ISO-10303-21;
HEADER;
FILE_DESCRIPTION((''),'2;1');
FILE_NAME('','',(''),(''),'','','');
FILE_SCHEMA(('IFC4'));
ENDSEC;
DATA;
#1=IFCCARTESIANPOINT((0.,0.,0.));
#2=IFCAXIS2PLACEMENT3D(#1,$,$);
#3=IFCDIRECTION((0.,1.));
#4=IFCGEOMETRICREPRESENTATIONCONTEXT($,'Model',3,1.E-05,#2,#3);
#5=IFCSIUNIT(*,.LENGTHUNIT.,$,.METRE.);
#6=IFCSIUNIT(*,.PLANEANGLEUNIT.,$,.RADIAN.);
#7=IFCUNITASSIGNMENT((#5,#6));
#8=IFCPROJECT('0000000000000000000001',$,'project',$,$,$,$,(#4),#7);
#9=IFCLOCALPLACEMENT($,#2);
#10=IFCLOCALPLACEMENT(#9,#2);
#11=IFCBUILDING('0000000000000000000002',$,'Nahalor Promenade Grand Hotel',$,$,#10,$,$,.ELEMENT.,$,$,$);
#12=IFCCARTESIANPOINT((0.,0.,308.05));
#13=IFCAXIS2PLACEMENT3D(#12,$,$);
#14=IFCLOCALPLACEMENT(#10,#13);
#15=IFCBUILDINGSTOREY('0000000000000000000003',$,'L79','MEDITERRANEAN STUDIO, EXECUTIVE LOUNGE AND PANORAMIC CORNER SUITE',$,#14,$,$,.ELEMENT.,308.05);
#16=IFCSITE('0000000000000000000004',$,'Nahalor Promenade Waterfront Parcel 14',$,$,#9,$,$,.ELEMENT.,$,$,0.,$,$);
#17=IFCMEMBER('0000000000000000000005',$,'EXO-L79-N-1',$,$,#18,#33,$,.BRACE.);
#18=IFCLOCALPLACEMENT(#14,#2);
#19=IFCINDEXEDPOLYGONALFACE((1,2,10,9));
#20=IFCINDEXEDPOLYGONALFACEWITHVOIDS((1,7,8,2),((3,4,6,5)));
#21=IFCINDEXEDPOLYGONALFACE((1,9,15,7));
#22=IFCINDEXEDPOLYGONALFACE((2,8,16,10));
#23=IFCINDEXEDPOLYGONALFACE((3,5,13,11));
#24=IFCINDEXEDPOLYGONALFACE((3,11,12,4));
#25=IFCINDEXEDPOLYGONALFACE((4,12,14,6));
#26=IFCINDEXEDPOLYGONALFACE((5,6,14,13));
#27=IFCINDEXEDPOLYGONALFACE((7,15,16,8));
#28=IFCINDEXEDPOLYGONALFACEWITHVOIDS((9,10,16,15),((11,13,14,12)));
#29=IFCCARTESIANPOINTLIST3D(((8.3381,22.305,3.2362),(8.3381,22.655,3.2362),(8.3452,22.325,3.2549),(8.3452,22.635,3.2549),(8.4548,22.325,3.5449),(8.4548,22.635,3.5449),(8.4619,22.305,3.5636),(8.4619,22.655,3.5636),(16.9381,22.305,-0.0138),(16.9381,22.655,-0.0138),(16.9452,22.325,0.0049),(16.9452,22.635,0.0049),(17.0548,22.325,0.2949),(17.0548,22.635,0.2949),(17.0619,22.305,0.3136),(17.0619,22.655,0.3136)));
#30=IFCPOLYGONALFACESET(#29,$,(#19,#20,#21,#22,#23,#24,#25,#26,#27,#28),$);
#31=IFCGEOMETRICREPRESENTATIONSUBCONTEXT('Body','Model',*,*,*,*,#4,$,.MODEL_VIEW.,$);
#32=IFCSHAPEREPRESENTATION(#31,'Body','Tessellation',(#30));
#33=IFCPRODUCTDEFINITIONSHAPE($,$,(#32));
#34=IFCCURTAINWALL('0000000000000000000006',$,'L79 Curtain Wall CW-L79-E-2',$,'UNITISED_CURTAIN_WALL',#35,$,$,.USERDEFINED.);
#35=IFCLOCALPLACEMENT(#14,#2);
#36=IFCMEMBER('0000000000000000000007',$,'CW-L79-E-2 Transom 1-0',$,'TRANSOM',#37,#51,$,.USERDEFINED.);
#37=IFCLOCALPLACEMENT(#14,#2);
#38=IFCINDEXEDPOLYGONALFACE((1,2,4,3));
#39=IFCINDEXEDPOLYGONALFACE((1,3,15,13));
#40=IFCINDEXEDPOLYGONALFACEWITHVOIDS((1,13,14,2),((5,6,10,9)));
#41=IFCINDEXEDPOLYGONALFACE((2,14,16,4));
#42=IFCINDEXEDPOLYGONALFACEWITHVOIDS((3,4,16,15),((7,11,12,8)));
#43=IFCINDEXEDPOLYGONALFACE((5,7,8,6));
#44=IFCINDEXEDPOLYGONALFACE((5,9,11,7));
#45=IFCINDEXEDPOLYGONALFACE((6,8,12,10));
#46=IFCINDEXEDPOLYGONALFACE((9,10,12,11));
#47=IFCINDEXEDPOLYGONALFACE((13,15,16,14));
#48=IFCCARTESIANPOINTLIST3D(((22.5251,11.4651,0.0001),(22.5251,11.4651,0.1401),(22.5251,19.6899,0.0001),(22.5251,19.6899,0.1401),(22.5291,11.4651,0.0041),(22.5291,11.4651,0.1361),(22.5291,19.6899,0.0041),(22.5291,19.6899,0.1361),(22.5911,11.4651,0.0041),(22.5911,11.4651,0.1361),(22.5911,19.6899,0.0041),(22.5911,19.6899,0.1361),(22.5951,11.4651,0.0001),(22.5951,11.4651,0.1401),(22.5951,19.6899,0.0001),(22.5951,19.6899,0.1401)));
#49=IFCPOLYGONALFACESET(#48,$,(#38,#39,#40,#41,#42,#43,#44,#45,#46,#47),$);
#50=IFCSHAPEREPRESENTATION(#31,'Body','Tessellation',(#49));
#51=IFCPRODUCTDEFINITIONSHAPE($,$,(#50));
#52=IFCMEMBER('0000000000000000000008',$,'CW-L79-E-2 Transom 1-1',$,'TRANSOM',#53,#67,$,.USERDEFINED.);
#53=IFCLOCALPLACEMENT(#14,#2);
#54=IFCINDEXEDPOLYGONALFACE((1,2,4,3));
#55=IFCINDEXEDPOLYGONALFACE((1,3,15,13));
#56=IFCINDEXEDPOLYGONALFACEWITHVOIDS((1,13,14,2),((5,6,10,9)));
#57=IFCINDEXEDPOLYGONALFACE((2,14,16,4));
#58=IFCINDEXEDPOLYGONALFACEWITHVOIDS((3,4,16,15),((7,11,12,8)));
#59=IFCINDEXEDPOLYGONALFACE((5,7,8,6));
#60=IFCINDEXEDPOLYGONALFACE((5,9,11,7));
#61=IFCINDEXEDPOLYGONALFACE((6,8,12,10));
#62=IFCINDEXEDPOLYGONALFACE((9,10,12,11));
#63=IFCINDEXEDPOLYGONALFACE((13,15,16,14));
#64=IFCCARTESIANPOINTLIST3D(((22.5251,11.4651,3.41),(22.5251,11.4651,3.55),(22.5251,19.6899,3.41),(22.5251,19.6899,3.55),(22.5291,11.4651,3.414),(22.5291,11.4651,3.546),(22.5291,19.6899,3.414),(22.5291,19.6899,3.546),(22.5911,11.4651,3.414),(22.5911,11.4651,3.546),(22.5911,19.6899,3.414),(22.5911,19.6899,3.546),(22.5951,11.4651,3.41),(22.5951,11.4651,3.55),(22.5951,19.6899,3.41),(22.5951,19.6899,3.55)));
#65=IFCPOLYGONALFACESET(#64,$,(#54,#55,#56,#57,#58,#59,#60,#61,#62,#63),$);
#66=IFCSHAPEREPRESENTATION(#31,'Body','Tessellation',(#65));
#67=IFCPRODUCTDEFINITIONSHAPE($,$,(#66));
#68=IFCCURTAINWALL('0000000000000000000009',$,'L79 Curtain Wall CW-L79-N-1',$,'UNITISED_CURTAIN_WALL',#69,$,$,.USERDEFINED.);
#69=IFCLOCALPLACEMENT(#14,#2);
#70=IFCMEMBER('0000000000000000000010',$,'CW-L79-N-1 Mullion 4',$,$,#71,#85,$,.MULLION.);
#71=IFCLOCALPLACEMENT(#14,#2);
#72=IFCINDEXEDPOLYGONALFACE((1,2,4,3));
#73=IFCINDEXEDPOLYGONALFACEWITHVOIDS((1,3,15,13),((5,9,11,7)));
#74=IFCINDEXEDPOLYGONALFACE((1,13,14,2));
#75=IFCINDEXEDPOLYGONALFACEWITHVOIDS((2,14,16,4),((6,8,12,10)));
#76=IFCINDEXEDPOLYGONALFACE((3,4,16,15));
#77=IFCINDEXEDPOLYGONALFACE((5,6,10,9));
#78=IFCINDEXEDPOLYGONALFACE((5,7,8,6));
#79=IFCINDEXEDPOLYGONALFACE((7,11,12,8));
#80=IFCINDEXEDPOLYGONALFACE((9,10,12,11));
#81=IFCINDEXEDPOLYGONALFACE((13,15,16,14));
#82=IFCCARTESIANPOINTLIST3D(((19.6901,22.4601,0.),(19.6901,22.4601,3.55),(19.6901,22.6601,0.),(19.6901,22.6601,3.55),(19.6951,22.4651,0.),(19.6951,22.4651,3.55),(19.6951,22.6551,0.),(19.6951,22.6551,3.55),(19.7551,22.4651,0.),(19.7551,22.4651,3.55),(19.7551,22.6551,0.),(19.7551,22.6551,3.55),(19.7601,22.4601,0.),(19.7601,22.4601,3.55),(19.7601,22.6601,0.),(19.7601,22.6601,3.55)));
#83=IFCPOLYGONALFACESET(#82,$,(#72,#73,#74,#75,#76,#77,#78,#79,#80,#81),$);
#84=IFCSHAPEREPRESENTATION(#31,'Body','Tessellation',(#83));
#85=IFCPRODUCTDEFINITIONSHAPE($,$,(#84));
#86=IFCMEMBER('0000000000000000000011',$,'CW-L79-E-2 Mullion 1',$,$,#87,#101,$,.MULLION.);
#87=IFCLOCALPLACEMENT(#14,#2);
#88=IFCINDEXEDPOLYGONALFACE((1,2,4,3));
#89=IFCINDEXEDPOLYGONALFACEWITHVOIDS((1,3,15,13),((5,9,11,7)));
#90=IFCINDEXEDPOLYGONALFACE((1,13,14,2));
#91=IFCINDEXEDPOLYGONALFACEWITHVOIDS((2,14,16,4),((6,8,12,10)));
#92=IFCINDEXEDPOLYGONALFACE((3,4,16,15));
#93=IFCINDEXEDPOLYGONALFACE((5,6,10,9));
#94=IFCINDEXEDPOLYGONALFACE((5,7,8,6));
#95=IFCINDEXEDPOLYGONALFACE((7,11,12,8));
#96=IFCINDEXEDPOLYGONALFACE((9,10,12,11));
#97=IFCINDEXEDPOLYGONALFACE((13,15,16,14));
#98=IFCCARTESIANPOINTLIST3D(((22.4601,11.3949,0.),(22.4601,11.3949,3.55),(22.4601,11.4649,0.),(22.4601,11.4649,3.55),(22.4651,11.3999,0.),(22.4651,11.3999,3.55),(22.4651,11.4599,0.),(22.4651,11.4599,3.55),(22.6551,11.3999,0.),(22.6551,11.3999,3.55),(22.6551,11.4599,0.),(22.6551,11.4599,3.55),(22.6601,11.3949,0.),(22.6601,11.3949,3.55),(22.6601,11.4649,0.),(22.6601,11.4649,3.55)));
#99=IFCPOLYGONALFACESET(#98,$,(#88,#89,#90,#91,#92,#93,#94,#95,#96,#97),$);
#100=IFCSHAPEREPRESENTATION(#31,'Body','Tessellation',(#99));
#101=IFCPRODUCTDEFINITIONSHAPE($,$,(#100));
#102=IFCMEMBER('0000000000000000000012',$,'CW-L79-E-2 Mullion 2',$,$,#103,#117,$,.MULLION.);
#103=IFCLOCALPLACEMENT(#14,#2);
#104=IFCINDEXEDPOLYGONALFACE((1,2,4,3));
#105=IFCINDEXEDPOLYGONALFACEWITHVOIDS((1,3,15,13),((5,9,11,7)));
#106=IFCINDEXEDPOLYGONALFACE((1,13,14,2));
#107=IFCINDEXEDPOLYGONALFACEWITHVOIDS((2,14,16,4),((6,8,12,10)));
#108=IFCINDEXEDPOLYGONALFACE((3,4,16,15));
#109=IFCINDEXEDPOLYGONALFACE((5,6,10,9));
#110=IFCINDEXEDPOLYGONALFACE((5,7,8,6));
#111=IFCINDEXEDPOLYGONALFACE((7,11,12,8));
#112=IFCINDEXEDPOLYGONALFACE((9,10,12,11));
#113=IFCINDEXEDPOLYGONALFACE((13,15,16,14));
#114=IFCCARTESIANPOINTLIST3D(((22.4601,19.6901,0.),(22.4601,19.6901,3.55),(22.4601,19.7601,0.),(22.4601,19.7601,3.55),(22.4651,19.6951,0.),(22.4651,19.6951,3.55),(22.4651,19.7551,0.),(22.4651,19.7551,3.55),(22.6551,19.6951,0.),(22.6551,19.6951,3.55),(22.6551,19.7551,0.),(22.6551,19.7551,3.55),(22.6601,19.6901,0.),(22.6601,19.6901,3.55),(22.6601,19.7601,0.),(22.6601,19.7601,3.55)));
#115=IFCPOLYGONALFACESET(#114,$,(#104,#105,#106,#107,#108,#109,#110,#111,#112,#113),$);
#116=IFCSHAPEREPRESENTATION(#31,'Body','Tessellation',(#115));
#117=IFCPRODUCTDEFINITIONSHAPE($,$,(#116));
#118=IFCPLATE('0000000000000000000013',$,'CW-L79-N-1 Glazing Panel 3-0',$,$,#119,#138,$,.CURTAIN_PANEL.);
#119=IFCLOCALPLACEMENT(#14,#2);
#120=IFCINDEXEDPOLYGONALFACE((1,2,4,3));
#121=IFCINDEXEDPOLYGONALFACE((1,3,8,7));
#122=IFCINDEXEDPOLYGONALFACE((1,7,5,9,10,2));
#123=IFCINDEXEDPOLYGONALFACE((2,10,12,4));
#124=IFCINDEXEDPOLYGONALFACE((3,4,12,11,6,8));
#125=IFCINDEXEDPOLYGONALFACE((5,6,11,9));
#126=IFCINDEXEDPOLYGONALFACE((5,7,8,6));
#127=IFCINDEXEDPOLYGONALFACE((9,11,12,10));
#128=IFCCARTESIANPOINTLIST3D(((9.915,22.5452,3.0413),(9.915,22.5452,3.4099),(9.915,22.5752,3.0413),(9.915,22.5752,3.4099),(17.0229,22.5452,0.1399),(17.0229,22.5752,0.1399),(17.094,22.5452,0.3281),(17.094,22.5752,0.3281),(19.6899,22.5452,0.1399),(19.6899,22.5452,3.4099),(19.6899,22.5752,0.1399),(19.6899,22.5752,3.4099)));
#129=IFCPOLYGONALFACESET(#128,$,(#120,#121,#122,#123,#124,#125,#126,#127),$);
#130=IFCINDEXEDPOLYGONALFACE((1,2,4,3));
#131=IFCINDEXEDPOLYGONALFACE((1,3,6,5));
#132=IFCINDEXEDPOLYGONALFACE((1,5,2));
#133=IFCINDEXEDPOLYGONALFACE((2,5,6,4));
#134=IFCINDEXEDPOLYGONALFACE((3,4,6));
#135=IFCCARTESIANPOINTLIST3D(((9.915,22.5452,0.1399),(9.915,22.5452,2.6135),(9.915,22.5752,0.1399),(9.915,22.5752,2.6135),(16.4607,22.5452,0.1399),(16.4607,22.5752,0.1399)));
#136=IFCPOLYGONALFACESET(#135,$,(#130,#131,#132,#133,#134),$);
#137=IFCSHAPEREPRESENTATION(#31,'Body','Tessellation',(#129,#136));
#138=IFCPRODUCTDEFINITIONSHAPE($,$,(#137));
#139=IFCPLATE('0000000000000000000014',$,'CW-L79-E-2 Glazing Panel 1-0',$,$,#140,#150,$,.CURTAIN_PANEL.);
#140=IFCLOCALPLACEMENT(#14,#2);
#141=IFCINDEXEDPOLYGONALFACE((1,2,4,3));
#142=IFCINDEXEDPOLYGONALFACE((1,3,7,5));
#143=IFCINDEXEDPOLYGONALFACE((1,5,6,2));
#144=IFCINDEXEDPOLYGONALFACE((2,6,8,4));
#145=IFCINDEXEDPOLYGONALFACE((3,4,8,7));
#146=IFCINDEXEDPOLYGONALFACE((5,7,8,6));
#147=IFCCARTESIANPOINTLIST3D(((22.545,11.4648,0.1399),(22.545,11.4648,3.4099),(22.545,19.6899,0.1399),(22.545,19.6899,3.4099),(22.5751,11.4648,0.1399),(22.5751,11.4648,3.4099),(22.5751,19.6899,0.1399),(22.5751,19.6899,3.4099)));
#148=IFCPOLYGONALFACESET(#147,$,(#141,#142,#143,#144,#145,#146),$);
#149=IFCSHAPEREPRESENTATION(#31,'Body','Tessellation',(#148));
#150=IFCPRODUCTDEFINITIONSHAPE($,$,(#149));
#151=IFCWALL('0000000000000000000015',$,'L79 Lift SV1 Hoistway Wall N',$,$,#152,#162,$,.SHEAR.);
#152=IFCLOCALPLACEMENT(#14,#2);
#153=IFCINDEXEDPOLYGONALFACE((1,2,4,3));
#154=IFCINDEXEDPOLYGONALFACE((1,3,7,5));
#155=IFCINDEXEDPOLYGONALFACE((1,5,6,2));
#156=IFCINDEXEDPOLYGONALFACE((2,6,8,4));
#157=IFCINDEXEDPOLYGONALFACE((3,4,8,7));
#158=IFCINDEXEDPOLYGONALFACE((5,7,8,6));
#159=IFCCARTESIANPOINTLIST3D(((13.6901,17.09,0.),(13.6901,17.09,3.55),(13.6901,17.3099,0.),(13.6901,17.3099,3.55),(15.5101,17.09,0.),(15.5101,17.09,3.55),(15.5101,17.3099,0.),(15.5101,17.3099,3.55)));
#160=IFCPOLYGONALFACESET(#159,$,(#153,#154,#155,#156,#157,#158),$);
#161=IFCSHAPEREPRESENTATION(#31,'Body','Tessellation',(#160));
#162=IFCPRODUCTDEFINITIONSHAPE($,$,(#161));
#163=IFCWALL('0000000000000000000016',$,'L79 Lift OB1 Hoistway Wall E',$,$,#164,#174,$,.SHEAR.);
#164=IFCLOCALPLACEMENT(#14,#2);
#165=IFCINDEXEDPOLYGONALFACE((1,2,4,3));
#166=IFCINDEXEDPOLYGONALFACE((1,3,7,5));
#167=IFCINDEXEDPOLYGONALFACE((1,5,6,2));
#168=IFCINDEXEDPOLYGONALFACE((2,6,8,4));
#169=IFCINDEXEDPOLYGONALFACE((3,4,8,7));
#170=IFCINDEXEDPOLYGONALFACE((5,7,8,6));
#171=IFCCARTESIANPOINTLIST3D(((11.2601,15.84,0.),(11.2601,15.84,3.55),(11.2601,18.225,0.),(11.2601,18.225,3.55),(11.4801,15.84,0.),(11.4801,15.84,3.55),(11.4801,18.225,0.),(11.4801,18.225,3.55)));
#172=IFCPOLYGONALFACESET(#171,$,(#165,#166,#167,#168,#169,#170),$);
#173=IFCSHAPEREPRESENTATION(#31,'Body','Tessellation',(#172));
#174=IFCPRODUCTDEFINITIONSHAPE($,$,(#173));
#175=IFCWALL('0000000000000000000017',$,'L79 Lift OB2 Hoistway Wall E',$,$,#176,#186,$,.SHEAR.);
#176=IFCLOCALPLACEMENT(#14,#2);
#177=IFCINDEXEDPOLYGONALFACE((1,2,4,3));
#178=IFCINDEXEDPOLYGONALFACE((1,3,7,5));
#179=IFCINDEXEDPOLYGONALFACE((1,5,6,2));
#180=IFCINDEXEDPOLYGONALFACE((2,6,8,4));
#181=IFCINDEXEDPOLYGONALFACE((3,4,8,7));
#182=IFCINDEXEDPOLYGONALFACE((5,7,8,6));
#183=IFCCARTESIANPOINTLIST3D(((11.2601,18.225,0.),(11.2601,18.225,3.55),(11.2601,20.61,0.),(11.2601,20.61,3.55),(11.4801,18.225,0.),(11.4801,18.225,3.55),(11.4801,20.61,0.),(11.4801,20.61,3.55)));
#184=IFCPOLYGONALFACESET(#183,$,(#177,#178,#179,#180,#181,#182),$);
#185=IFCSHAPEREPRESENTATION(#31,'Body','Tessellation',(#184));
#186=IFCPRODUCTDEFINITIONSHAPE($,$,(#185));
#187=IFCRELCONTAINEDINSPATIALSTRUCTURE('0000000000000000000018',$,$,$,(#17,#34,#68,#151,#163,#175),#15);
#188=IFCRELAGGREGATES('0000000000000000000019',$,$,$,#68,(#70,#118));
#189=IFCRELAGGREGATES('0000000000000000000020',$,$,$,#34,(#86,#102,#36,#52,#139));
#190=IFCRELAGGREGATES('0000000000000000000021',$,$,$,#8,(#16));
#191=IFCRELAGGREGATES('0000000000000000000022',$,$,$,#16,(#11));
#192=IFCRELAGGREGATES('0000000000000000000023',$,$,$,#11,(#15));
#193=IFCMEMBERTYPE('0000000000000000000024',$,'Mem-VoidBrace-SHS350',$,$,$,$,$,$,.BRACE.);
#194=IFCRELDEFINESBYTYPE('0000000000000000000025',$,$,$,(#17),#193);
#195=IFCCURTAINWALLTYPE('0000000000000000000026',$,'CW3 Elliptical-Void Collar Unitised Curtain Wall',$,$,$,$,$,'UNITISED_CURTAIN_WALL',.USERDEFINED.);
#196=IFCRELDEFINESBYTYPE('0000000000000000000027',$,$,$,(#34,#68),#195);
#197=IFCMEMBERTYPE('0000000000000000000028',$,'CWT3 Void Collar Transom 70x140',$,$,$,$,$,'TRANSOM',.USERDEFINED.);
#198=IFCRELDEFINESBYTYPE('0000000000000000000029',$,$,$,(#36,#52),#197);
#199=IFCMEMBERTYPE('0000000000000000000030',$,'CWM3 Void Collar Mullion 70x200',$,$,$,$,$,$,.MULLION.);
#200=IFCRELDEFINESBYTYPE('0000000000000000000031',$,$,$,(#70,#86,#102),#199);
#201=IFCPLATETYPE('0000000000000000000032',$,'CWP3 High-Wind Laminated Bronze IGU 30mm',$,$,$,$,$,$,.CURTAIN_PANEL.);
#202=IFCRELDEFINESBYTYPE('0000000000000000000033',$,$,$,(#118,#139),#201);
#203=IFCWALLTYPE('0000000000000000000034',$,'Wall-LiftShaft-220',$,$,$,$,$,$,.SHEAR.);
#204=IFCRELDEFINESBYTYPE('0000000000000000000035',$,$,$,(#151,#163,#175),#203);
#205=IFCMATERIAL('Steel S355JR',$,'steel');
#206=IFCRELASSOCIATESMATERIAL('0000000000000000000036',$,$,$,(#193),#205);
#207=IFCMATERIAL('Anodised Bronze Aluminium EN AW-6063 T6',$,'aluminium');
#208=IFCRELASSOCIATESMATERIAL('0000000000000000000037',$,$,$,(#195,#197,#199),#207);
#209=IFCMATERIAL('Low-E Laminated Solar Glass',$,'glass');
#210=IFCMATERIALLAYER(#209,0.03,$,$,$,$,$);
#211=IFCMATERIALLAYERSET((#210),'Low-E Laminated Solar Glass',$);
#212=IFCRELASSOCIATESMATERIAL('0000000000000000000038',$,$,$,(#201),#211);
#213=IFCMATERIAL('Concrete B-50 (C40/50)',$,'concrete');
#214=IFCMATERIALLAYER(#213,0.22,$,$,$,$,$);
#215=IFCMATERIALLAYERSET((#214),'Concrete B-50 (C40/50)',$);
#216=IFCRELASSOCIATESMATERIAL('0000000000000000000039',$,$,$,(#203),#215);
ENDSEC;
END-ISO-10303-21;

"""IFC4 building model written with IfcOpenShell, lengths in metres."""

from ifc_helpers import new_model, si_unit, direction, frame, frame_2d, origin, origin_2d, place, context, subcontext, project, spatial, polyline, rectangle, hollow_rectangle, outline, extrude, source, transform, mapped, material, layer, layer_set, material_profile, profile_set, type_object, element, aggregate, save


model = new_model("IFC4")

# Units and contexts
model_context = context("Model", 3, precision=1e-05, world=origin(), true_north=direction((0.0, 1.0)))
body_context = subcontext(model_context, "Body", "Model", "MODEL_VIEW")
ifc_project = project(units=[si_unit("LENGTHUNIT", "METRE"), si_unit("PLANEANGLEUNIT", "RADIAN")], contexts=[model_context])

# Site, building, storey
site_placement = place(None, origin())
site = spatial("IfcSite", under=ifc_project, at=site_placement, Name="Nahalor Promenade Waterfront Parcel 14", CompositionType="ELEMENT", RefElevation=0.0)
building_placement = place(site_placement, origin())
building = spatial("IfcBuilding", under=site, at=building_placement, Name="Nahalor Promenade Grand Hotel", CompositionType="ELEMENT")
storey_placement = place(building_placement, frame((0.0, 0.0, 308.05)))
storey = spatial("IfcBuildingStorey", under=building, at=storey_placement, Name="L79", Description="MEDITERRANEAN STUDIO, EXECUTIVE LOUNGE AND PANORAMIC CORNER SUITE", CompositionType="ELEMENT", Elevation=308.05)

# Shared definitions
ifc_material_1 = material(Name="Concrete B-50 (C40/50)", Category="concrete")
ifc_material_2 = material(Name="Steel S355JR", Category="steel")

# Member
ifc_material_profile_1 = material_profile(ifc_material_2, hollow_rectangle(XDim=0.35, YDim=0.35, WallThickness=0.02, at=origin_2d()), Name="SHS 350x350x20")
ifc_profile_set_1 = profile_set([ifc_material_profile_1], Name="Steel S355JR")
member_type_1 = type_object("IfcMemberType", Name="Mem-VoidBrace-SHS350", PredefinedType="BRACE", material=ifc_profile_set_1)
shared_shape_1 = source(origin(), body_context, "Body", "SweptSolid", [
    extrude(hollow_rectangle(XDim=0.35, YDim=0.35, WallThickness=0.02, at=origin_2d()), origin(), (0.0, 0.0, 1.0), 9.1936),
])
member_1_placement = place(storey_placement, frame((17.0, 22.48, 0.1499), z_axis=(-0.935433, 0.0, 0.353503), x_axis=(0.0, -1.0, 0.0)))
element("IfcMember", 1, at=member_1_placement, inside=storey, type_object=member_type_1, Name="EXO-L79-N-1", PredefinedType="BRACE", context=body_context, shape_type="MappedRepresentation", body=[
    mapped(shared_shape_1, transform((0.0, 0.0, 0.0), scale=1.0)),
])

# Curtain wall, members
ifc_material_3 = material(Name="Anodised Bronze Aluminium EN AW-6063 T6", Category="aluminium")
curtain_wall_type = type_object("IfcCurtainWallType", Name="CW3 Elliptical-Void Collar Unitised Curtain Wall", ElementType="UNITISED_CURTAIN_WALL", PredefinedType="USERDEFINED", material=ifc_material_3)
curtain_wall_1_placement = place(storey_placement, origin())
curtain_wall_1 = element("IfcCurtainWall", 2, at=curtain_wall_1_placement, inside=storey, type_object=curtain_wall_type, Name="L79 Curtain Wall CW-L79-E-2", ObjectType="UNITISED_CURTAIN_WALL", PredefinedType="USERDEFINED")
ifc_material_profile_2 = material_profile(ifc_material_3, hollow_rectangle(XDim=0.07, YDim=0.14, WallThickness=0.004, at=origin_2d()), Name="CWT 70x140x4")
ifc_profile_set_2 = profile_set([ifc_material_profile_2], Name="Anodised Bronze Aluminium EN AW-6063 T6")
member_type_2 = type_object("IfcMemberType", Name="CWT3 Void Collar Transom 70x140", ElementType="TRANSOM", PredefinedType="USERDEFINED", material=ifc_profile_set_2)
shared_shape_2 = source(origin(), body_context, "Body", "SweptSolid", [
    extrude(hollow_rectangle(XDim=0.07, YDim=0.14, WallThickness=0.004, at=origin_2d()), origin(), (0.0, 0.0, 1.0), 8.2249),
])
member_2_placement = place(storey_placement, frame((22.5601, 11.4651, 0.0701), z_axis=(0.0, 1.0, 0.0), x_axis=(-1.0, 0.0, 0.0)))
member_2 = element("IfcMember", 3, at=member_2_placement, type_object=member_type_2, Name="CW-L79-E-2 Transom 1-0", ObjectType="TRANSOM", PredefinedType="USERDEFINED", context=body_context, shape_type="MappedRepresentation", body=[
    mapped(shared_shape_2, transform((0.0, 0.0, 0.0), scale=1.0)),
])
member_3_placement = place(storey_placement, frame((22.5601, 11.4651, 3.48), z_axis=(0.0, 1.0, 0.0), x_axis=(-1.0, 0.0, 0.0)))
member_3 = element("IfcMember", 4, at=member_3_placement, type_object=member_type_2, Name="CW-L79-E-2 Transom 1-1", ObjectType="TRANSOM", PredefinedType="USERDEFINED", context=body_context, shape_type="MappedRepresentation", body=[
    mapped(shared_shape_2, transform((0.0, 0.0, 0.0), scale=1.0)),
])

# Curtain wall, member
curtain_wall_2_placement = place(storey_placement, origin())
curtain_wall_2 = element("IfcCurtainWall", 5, at=curtain_wall_2_placement, inside=storey, type_object=curtain_wall_type, Name="L79 Curtain Wall CW-L79-N-1", ObjectType="UNITISED_CURTAIN_WALL", PredefinedType="USERDEFINED")
ifc_material_profile_3 = material_profile(ifc_material_3, hollow_rectangle(XDim=0.07, YDim=0.2, WallThickness=0.005, at=origin_2d()), Name="CWM 70x200x5")
ifc_profile_set_3 = profile_set([ifc_material_profile_3], Name="Anodised Bronze Aluminium EN AW-6063 T6")
member_type_3 = type_object("IfcMemberType", Name="CWM3 Void Collar Mullion 70x200", PredefinedType="MULLION", material=ifc_profile_set_3)
shared_shape_3 = source(origin(), body_context, "Body", "SweptSolid", [
    extrude(hollow_rectangle(XDim=0.07, YDim=0.2, WallThickness=0.005, at=origin_2d()), origin(), (0.0, 0.0, 1.0), 3.55),
])
member_4_placement = place(storey_placement, frame((19.7251, 22.5601, 0.0), z_axis=(0.0, 0.0, 1.0), x_axis=(1.0, 0.0, 0.0)))
member_4 = element("IfcMember", 6, at=member_4_placement, type_object=member_type_3, Name="CW-L79-N-1 Mullion 4", PredefinedType="MULLION", context=body_context, shape_type="MappedRepresentation", body=[
    mapped(shared_shape_3, transform((0.0, 0.0, 0.0), scale=1.0)),
])

# Members
member_5_placement = place(storey_placement, frame((22.5601, 11.4299, 0.0), z_axis=(0.0, 0.0, 1.0), x_axis=(0.0, 1.0, 0.0)))
member_5 = element("IfcMember", 7, at=member_5_placement, type_object=member_type_3, Name="CW-L79-E-2 Mullion 1", PredefinedType="MULLION", context=body_context, shape_type="MappedRepresentation", body=[
    mapped(shared_shape_3, transform((0.0, 0.0, 0.0), scale=1.0)),
])
member_6_placement = place(storey_placement, frame((22.5601, 19.7251, 0.0), z_axis=(0.0, 0.0, 1.0), x_axis=(0.0, 1.0, 0.0)))
member_6 = element("IfcMember", 8, at=member_6_placement, type_object=member_type_3, Name="CW-L79-E-2 Mullion 2", PredefinedType="MULLION", context=body_context, shape_type="MappedRepresentation", body=[
    mapped(shared_shape_3, transform((0.0, 0.0, 0.0), scale=1.0)),
])

# Plates
ifc_material_4 = material(Name="Low-E Laminated Solar Glass", Category="glass")
ifc_layer_1 = layer(ifc_material_4, 0.03)
ifc_layer_set_1 = layer_set([ifc_layer_1], Name="Low-E Laminated Solar Glass")
plate_type = type_object("IfcPlateType", Name="CWP3 High-Wind Laminated Bronze IGU 30mm", PredefinedType="CURTAIN_PANEL", material=ifc_layer_set_1)
plate_1_placement = place(storey_placement, frame((14.8025, 22.5601, 0.1399), z_axis=(0.0, 0.0, 1.0), x_axis=(1.0, 0.0, 0.0)))
plate_1 = element("IfcPlate", 9, at=plate_1_placement, type_object=plate_type, Name="CW-L79-N-1 Glazing Panel 3-0", PredefinedType="CURTAIN_PANEL", context=body_context, shape_type="SweptSolid", body=[
    extrude(outline(polyline([(4.8875, 3.27), (-4.8875, 3.27), (-4.8875, 2.9014), (2.2915, 0.1882), (2.2205, 0.0), (4.8875, 0.0), (4.8875, 3.27)])), frame((0.0, 0.0151, 0.0), z_axis=(0.0, -1.0, 0.0), x_axis=(1.0, 0.0, 0.0)), (0.0, 0.0, 1.0), 0.03),
    extrude(outline(polyline([(-4.8875, 2.4736), (-4.8875, 0.0), (1.6582, 0.0), (-4.8875, 2.4736)])), frame((0.0, 0.0151, 0.0), z_axis=(0.0, -1.0, 0.0), x_axis=(1.0, 0.0, 0.0)), (0.0, 0.0, 1.0), 0.03),
])
aggregate(curtain_wall_2, [member_4, plate_1])
shared_shape_4 = source(origin(), body_context, "Body", "SweptSolid", [
    extrude(rectangle(XDim=8.2251, YDim=0.03, at=origin_2d()), origin(), (0.0, 0.0, 1.0), 3.27),
])
plate_2_placement = place(storey_placement, frame((22.5601, 15.5774, 0.1399), z_axis=(0.0, 0.0, 1.0), x_axis=(0.0, 1.0, 0.0)))
plate_2 = element("IfcPlate", 10, at=plate_2_placement, type_object=plate_type, Name="CW-L79-E-2 Glazing Panel 1-0", PredefinedType="CURTAIN_PANEL", context=body_context, shape_type="MappedRepresentation", body=[
    mapped(shared_shape_4, transform((0.0, 0.0, 0.0), scale=1.0)),
])
aggregate(curtain_wall_1, [member_5, member_6, member_2, member_3, plate_2])

# Walls
ifc_layer_2 = layer(ifc_material_1, 0.22)
ifc_layer_set_2 = layer_set([ifc_layer_2], Name="Concrete B-50 (C40/50)")
wall_type_1 = type_object("IfcWallType", Name="Wall-LiftShaft-220", PredefinedType="SHEAR", material=ifc_layer_set_2)
shared_shape_5 = source(origin(), body_context, "Body", "SweptSolid", [
    extrude(rectangle(XDim=1.8201, YDim=0.22, at=frame_2d((0.9102, 0.0))), origin(), (0.0, 0.0, 1.0), 3.55),
])
wall_1_placement = place(storey_placement, frame((13.6899, 17.2, 0.0), z_axis=(0.0, 0.0, 1.0), x_axis=(1.0, 0.0, 0.0)))
element("IfcWall", 11, at=wall_1_placement, inside=storey, type_object=wall_type_1, Name="L79 Lift SV1 Hoistway Wall N", PredefinedType="SHEAR", context=body_context, shape_type="MappedRepresentation", body=[
    mapped(shared_shape_5, transform((0.0, 0.0, 0.0), scale=1.0)),
])
shared_shape_6 = source(origin(), body_context, "Body", "SweptSolid", [
    extrude(rectangle(XDim=2.385, YDim=0.22, at=frame_2d((1.1924, 0.0))), origin(), (0.0, 0.0, 1.0), 3.55),
])
for number, where, z_axis, x_axis, name in (
    (12, (11.3701, 15.8401, 0.0), (0.0, 0.0, 1.0), (0.0, 1.0, 0.0), "L79 Lift OB1 Hoistway Wall E"),
    (13, (11.3701, 18.2251, 0.0), (0.0, 0.0, 1.0), (0.0, 1.0, 0.0), "L79 Lift OB2 Hoistway Wall E"),
):
    element("IfcWall", number, at=place(storey_placement, frame(where, z_axis=z_axis, x_axis=x_axis)), inside=storey, type_object=wall_type_1, Name=name, PredefinedType="SHEAR", context=body_context, shape_type="MappedRepresentation", body=[
        mapped(shared_shape_6, transform((0.0, 0.0, 0.0), scale=1.0)),
    ])

save(model, "model.ifc")
